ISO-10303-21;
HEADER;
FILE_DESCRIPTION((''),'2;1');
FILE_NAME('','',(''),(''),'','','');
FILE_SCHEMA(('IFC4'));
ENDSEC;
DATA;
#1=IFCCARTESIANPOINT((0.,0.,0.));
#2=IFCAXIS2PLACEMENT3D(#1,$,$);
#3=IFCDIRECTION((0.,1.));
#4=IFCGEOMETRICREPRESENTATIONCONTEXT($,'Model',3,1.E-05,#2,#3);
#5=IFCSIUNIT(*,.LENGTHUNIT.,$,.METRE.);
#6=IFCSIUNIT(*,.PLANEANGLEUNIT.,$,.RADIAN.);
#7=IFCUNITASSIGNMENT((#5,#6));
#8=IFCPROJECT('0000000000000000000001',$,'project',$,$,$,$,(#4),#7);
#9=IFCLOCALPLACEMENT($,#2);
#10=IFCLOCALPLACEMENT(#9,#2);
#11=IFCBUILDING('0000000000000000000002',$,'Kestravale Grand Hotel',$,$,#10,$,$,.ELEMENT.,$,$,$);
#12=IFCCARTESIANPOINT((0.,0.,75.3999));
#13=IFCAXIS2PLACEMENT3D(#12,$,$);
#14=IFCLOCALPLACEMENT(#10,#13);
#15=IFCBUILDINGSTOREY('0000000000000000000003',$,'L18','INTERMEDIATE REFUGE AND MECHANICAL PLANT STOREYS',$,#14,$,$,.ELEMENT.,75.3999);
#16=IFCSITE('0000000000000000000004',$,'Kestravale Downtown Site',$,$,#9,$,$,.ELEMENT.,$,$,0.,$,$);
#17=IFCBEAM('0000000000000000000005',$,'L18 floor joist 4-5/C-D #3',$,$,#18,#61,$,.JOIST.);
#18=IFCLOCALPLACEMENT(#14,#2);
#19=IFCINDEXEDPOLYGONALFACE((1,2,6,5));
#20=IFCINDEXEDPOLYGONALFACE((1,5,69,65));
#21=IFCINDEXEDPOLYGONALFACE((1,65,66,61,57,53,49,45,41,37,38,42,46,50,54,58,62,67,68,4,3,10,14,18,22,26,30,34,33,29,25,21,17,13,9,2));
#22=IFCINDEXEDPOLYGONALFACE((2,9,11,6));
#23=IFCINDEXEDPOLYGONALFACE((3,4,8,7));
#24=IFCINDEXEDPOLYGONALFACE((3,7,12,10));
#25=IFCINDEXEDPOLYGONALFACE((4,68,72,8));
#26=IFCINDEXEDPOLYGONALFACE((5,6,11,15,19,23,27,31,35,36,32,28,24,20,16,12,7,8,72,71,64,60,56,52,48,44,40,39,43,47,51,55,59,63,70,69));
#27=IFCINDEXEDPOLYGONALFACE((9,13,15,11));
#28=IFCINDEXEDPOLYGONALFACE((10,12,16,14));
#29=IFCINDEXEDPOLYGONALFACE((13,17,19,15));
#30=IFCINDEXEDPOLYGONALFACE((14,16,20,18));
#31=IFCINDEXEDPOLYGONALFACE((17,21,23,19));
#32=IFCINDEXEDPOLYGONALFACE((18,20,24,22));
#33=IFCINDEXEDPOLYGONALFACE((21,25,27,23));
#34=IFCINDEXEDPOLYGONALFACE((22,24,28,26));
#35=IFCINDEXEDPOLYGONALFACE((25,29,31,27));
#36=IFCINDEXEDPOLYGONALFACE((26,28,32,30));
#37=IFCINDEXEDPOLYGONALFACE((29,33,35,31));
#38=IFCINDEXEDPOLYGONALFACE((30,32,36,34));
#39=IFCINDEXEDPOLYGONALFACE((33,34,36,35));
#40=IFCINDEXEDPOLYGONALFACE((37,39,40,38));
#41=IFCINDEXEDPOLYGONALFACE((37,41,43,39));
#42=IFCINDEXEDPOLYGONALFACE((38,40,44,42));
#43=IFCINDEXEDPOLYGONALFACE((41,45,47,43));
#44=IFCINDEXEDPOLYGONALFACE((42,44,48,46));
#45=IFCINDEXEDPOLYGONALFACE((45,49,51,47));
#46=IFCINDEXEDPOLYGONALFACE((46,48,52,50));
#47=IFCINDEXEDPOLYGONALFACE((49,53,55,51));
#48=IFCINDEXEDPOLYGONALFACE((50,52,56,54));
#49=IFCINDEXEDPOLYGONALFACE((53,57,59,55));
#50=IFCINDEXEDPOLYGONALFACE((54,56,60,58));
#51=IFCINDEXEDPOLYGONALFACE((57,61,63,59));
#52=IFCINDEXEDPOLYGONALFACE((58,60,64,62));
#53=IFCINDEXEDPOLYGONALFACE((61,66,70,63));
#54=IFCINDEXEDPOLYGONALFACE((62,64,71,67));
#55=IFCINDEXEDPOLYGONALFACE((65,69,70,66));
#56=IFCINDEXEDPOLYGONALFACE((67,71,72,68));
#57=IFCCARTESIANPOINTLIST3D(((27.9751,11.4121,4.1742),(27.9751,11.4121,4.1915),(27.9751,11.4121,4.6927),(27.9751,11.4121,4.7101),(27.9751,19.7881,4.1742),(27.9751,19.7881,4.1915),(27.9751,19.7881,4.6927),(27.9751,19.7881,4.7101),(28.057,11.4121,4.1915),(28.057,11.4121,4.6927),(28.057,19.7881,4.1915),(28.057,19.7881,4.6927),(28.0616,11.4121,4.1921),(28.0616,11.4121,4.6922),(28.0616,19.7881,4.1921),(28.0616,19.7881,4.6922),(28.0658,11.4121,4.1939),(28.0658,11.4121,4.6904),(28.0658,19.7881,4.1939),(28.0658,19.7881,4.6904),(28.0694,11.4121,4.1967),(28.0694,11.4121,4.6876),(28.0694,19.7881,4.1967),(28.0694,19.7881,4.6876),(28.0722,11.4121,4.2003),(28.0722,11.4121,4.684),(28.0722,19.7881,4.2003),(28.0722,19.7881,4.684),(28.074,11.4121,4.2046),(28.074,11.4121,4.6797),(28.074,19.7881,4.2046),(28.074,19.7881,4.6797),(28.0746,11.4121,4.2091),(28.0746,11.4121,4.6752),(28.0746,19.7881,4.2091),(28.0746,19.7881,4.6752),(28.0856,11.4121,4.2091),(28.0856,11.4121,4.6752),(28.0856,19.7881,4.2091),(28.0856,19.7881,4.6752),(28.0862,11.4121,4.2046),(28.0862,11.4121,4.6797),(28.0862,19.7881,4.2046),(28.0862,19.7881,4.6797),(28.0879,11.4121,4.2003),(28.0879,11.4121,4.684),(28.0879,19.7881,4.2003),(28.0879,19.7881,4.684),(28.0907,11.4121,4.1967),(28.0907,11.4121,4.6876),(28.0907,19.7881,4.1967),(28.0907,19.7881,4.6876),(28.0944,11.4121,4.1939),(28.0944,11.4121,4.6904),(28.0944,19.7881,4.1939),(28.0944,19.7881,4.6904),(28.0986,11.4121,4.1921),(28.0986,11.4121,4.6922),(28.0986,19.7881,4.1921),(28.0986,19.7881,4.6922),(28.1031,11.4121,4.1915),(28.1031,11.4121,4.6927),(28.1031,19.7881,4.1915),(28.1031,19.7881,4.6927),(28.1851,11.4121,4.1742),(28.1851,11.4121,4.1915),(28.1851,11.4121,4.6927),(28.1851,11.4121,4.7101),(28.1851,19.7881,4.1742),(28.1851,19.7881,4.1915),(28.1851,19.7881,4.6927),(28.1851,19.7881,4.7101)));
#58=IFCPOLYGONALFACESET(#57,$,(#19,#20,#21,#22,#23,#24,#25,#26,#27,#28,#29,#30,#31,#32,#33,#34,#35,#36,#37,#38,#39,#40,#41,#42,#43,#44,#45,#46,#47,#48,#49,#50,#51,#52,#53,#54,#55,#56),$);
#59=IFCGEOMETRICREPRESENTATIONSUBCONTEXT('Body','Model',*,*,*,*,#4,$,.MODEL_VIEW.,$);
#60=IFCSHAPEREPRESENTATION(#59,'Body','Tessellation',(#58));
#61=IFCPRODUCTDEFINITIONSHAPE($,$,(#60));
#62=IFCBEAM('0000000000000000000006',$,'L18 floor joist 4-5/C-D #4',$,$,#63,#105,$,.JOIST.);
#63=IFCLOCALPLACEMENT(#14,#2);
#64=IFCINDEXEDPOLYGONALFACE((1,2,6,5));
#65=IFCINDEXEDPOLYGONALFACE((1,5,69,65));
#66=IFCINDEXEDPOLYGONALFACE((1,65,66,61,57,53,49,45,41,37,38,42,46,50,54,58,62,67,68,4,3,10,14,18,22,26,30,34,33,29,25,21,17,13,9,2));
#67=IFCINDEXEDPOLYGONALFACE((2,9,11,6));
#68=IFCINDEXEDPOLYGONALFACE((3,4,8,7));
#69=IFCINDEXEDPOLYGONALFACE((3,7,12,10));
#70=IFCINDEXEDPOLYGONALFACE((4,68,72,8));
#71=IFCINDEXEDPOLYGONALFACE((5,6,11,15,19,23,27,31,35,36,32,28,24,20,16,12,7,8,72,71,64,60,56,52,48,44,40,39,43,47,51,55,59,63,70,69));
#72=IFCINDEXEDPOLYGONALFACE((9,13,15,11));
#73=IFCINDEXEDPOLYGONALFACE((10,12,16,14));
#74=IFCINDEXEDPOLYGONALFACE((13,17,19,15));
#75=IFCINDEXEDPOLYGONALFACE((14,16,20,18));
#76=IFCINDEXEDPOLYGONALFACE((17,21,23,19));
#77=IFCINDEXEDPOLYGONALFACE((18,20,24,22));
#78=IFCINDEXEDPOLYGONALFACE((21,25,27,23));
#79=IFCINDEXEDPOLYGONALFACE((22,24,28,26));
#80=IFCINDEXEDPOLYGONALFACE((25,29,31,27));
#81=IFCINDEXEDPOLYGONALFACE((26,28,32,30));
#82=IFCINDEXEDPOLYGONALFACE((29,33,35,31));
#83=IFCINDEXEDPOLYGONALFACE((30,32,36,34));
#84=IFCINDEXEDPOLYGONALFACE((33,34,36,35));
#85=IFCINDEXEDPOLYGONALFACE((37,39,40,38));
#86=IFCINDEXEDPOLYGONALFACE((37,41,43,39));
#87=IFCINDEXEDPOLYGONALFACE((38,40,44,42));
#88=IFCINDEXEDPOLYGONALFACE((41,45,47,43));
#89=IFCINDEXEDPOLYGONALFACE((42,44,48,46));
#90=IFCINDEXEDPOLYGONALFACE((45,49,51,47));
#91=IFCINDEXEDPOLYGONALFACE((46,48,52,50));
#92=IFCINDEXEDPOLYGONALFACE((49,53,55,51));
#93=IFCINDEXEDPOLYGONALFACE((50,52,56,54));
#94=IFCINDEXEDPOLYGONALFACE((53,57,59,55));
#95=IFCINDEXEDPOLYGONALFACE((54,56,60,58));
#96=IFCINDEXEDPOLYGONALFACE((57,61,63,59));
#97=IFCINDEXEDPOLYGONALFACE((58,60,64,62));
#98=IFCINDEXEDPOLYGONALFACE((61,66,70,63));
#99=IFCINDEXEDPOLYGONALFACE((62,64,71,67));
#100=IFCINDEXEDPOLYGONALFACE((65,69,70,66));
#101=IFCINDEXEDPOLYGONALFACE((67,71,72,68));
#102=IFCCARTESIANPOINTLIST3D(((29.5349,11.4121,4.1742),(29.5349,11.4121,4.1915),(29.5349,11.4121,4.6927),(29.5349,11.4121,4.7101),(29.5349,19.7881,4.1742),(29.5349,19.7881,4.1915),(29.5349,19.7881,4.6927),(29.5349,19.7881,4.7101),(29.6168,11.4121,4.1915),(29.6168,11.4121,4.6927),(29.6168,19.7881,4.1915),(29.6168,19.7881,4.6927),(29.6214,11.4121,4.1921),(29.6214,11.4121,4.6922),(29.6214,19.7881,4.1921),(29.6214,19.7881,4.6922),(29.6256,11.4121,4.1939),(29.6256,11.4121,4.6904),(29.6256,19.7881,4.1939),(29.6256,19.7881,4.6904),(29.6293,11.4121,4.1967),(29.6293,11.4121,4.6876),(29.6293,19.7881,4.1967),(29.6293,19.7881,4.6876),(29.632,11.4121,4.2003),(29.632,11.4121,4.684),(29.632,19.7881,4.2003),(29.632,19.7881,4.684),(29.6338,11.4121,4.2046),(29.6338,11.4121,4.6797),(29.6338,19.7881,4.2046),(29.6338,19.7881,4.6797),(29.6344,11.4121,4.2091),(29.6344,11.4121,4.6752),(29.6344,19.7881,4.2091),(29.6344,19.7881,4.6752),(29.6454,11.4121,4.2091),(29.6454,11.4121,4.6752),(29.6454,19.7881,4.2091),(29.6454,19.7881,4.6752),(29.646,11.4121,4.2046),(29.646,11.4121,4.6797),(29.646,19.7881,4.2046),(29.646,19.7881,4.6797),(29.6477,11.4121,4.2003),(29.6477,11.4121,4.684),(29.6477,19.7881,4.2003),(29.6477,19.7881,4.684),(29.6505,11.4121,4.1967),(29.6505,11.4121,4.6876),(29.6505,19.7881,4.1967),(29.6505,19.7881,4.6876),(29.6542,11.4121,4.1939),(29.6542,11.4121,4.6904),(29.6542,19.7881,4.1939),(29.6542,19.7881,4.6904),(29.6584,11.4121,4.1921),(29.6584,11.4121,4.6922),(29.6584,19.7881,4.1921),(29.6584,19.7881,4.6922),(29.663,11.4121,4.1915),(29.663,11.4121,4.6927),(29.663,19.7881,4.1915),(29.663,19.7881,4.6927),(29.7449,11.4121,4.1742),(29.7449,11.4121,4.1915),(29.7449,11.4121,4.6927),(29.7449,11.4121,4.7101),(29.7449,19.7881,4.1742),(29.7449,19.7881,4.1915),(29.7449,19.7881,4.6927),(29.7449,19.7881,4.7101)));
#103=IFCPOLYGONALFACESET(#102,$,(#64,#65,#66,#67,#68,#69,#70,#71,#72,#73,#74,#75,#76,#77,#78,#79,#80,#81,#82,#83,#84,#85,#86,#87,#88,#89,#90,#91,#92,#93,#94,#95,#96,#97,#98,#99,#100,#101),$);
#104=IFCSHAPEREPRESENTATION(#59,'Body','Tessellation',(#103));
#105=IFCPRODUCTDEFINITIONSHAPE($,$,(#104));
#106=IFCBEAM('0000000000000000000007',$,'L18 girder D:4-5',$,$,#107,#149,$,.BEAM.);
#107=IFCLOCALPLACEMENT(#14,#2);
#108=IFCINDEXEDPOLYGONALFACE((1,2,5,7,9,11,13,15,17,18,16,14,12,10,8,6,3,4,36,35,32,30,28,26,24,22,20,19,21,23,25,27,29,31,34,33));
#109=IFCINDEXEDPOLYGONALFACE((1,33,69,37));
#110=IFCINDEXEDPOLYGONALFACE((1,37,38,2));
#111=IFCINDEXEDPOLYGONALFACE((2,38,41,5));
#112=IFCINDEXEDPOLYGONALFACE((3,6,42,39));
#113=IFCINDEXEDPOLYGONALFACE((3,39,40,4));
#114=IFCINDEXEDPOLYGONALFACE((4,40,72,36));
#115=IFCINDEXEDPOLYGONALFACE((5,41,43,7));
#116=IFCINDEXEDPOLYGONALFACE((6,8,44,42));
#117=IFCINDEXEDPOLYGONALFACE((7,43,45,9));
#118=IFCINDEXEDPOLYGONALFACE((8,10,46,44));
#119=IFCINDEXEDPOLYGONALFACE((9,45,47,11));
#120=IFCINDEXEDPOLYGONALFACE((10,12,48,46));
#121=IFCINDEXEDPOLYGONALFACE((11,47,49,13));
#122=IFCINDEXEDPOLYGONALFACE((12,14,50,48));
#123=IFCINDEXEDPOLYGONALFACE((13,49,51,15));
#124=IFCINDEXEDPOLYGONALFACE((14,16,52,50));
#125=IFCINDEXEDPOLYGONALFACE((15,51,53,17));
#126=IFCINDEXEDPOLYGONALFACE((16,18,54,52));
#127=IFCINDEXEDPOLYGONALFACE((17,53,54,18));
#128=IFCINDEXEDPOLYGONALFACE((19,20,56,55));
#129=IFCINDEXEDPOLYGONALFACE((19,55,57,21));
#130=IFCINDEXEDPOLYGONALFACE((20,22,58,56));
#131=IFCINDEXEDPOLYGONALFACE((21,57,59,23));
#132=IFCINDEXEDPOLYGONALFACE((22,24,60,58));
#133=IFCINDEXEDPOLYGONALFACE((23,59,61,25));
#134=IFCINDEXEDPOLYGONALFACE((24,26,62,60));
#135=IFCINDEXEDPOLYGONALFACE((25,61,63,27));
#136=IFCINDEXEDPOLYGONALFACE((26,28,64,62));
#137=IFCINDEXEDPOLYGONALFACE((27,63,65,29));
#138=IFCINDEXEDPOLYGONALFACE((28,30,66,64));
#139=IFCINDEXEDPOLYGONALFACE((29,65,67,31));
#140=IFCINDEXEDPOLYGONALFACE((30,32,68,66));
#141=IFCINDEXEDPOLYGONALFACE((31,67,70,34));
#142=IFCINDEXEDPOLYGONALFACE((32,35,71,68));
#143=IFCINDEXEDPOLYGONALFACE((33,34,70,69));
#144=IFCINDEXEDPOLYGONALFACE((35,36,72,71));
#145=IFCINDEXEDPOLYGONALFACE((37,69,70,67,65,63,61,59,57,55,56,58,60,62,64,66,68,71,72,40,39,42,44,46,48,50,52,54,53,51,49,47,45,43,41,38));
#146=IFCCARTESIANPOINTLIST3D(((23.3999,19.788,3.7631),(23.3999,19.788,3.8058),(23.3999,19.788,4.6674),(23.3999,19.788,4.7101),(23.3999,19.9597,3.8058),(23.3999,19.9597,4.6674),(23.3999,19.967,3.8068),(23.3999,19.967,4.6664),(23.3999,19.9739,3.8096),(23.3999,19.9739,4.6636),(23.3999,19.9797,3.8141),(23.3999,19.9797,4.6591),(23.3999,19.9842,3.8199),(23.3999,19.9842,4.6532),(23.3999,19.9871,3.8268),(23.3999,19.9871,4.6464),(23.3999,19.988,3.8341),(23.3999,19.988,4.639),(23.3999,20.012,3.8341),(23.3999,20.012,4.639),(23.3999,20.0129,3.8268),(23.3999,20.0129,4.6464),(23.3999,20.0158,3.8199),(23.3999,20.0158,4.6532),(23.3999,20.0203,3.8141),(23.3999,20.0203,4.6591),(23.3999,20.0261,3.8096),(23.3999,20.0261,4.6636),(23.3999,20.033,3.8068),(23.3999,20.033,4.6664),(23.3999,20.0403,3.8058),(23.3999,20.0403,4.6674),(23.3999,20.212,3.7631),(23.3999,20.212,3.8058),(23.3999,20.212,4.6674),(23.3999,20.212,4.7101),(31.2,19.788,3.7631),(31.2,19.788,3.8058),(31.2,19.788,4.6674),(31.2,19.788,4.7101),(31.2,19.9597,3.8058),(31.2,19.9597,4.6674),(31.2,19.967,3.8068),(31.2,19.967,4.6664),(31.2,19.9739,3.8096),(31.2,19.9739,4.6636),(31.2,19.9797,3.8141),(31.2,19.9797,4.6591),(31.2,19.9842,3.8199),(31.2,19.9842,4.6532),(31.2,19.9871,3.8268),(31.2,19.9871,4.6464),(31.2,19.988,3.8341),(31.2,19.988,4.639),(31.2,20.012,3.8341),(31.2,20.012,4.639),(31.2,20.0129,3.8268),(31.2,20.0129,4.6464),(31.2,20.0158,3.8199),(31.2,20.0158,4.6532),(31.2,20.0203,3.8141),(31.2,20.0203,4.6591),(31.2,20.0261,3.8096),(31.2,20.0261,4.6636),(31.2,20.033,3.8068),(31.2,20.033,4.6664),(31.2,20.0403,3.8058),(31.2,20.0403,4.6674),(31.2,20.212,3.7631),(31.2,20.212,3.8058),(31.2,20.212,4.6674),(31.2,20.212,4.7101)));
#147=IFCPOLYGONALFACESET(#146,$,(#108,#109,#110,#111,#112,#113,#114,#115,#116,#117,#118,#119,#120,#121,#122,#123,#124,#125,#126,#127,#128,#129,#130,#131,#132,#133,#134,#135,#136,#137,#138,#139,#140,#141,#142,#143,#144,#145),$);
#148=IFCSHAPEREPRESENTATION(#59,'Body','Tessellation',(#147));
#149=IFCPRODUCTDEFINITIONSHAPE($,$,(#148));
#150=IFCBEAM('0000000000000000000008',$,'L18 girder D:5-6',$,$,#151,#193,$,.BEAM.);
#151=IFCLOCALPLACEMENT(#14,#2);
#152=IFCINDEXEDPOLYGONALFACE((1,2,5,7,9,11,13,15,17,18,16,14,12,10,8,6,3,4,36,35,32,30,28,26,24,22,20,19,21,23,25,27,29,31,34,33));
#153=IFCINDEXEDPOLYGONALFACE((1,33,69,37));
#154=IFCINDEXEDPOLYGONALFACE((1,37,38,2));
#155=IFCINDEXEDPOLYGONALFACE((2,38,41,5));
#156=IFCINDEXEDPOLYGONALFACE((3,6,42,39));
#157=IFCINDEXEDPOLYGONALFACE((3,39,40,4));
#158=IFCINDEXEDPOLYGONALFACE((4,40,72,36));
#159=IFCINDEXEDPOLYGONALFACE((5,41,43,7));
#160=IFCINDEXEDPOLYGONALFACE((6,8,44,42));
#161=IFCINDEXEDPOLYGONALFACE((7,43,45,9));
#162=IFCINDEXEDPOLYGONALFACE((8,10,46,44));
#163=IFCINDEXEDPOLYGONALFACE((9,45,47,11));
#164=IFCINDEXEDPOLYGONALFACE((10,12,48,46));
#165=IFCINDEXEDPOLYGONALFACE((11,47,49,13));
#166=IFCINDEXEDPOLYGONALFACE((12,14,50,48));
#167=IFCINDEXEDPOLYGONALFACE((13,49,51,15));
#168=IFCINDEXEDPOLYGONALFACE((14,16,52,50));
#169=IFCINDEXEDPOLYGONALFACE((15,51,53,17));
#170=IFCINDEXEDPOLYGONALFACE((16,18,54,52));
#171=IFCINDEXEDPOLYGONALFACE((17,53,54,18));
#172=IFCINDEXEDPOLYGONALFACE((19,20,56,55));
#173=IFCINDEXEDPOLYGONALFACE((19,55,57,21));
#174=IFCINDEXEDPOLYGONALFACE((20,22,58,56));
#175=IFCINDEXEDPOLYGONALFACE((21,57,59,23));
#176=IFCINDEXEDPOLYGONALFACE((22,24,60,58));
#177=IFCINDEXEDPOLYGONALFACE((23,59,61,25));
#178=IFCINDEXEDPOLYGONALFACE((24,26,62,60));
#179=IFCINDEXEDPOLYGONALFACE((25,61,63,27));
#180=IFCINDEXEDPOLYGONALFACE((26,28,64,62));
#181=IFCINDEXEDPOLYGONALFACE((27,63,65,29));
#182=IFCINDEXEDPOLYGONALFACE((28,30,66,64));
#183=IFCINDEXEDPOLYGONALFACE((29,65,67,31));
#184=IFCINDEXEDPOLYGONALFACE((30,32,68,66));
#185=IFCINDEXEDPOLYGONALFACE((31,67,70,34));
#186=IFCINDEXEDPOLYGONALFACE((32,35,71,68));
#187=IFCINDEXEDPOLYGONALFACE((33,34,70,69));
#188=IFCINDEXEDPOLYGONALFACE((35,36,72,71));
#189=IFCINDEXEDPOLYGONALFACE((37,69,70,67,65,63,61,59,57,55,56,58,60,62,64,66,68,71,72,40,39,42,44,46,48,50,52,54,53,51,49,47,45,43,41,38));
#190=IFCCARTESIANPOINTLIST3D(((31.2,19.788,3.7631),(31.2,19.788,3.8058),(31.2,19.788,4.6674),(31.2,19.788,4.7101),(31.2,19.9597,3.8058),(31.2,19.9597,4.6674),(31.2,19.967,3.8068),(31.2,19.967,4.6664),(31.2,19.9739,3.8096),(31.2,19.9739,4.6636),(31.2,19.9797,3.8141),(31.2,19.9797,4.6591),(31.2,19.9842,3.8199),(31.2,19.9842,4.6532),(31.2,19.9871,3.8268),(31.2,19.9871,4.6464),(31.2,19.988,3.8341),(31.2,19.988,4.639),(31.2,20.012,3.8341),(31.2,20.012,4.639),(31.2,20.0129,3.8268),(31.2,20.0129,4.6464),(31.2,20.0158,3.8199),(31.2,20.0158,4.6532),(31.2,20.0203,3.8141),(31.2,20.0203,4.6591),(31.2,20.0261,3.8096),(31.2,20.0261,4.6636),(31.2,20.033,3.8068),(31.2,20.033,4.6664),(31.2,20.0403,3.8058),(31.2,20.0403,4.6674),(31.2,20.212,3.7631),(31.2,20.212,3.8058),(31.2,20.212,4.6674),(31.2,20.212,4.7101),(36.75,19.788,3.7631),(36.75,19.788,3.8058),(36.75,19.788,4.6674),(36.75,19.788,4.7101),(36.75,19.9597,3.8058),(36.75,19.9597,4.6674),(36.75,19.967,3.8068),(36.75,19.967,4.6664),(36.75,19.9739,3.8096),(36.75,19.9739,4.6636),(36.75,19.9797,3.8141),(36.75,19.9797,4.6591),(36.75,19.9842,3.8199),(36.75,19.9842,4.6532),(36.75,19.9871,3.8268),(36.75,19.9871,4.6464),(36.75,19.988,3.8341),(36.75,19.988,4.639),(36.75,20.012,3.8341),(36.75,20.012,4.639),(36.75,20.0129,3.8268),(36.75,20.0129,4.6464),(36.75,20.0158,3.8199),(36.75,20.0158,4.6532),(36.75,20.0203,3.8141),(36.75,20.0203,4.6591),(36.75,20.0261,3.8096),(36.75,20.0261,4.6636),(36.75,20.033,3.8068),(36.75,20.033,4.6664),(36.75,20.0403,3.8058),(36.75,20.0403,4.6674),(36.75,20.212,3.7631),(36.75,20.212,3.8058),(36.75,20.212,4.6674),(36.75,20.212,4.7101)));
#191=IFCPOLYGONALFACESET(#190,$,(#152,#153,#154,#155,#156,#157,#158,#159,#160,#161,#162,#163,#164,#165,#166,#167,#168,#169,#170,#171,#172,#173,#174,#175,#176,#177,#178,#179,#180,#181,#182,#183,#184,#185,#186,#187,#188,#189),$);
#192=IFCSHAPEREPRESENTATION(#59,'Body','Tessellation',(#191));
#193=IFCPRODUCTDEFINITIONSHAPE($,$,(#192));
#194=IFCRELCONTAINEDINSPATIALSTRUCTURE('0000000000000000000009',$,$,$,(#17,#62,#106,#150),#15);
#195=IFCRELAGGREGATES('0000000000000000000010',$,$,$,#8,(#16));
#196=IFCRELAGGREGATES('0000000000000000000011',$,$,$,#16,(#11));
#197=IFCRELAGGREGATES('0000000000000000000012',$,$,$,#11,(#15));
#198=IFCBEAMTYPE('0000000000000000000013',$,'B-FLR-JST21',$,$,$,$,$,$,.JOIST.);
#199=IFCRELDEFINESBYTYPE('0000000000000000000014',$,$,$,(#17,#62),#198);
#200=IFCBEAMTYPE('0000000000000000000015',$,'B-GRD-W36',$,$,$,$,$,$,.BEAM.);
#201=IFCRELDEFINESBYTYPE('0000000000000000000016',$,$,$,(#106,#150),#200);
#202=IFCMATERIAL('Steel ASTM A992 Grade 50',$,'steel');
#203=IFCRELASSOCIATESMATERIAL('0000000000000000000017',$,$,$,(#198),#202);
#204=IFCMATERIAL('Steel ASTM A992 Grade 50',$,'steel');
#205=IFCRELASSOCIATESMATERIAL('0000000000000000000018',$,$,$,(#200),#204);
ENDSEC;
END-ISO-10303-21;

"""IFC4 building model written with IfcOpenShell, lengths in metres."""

from ifc_helpers import new_model, si_unit, direction, frame, origin, origin_2d, place, context, subcontext, project, spatial, i_section, extrude, material, material_profile, profile_set, type_object, element, save


model = new_model("IFC4")

# Units and contexts
model_context = context("Model", 3, precision=1e-05, world=origin(), true_north=direction((0.0, 1.0)))
body_context = subcontext(model_context, "Body", "Model", "MODEL_VIEW")
ifc_project = project(units=[si_unit("LENGTHUNIT", "METRE"), si_unit("PLANEANGLEUNIT", "RADIAN")], contexts=[model_context])

# Site, building, storey
site_placement = place(None, origin())
site = spatial("IfcSite", under=ifc_project, at=site_placement, Name="Kestravale Downtown Site", CompositionType="ELEMENT", RefElevation=0.0)
building_placement = place(site_placement, origin())
building = spatial("IfcBuilding", under=site, at=building_placement, Name="Kestravale Grand Hotel", CompositionType="ELEMENT")
storey_placement = place(building_placement, frame((0.0, 0.0, 75.3999)))
storey = spatial("IfcBuildingStorey", under=building, at=storey_placement, Name="L18", Description="INTERMEDIATE REFUGE AND MECHANICAL PLANT STOREYS", CompositionType="ELEMENT", Elevation=75.3999)

# Beams
ifc_material_1 = material(Name="Steel ASTM A992 Grade 50", Category="steel")
ifc_material_profile_1 = material_profile(ifc_material_1, i_section(OverallWidth=0.21, OverallDepth=0.5359, WebThickness=0.011, FlangeThickness=0.0173, FilletRadius=0.0176, at=origin_2d()))
ifc_profile_set_1 = profile_set([ifc_material_profile_1], Name="Steel ASTM A992 Grade 50")
beam_type_1 = type_object("IfcBeamType", Name="B-FLR-JST21", PredefinedType="JOIST", material=ifc_profile_set_1)
for number, where, z_axis, x_axis, name in (
    (1, (28.0801, 11.4121, 4.4421), (0.0, 1.0, 0.0), (-1.0, 0.0, 0.0), "L18 floor joist 4-5/C-D #3"),
    (2, (29.6399, 11.4121, 4.4421), (0.0, 1.0, 0.0), (-1.0, 0.0, 0.0), "L18 floor joist 4-5/C-D #4"),
):
    element("IfcBeam", number, at=place(storey_placement, frame(where, z_axis=z_axis, x_axis=x_axis)), inside=storey, type_object=beam_type_1, Name=name, PredefinedType="JOIST", context=body_context, shape_type="SweptSolid", body=[
        extrude(i_section(OverallWidth=0.21, OverallDepth=0.5359, WebThickness=0.011, FlangeThickness=0.0173, FilletRadius=0.0176, at=origin_2d()), origin(), (0.0, 0.0, 1.0), 8.376),
    ])
ifc_material_2 = material(Name="Steel ASTM A992 Grade 50", Category="steel")
ifc_material_profile_2 = material_profile(ifc_material_2, i_section(OverallWidth=0.4241, OverallDepth=0.947, WebThickness=0.0239, FlangeThickness=0.0427, FilletRadius=0.0283, at=origin_2d()))
ifc_profile_set_2 = profile_set([ifc_material_profile_2], Name="Steel ASTM A992 Grade 50")
beam_type_2 = type_object("IfcBeamType", Name="B-GRD-W36", PredefinedType="BEAM", material=ifc_profile_set_2)
beam_1_placement = place(storey_placement, frame((23.3999, 20.0, 4.2366), z_axis=(1.0, 0.0, 0.0), x_axis=(0.0, 1.0, 0.0)))
element("IfcBeam", 3, at=beam_1_placement, inside=storey, type_object=beam_type_2, Name="L18 girder D:4-5", PredefinedType="BEAM", context=body_context, shape_type="SweptSolid", body=[
    extrude(i_section(OverallWidth=0.4241, OverallDepth=0.947, WebThickness=0.0239, FlangeThickness=0.0427, FilletRadius=0.0283, at=origin_2d()), origin(), (0.0, 0.0, 1.0), 7.8),
])
beam_2_placement = place(storey_placement, frame((31.2, 20.0, 4.2366), z_axis=(1.0, 0.0, 0.0), x_axis=(0.0, 1.0, 0.0)))
element("IfcBeam", 4, at=beam_2_placement, inside=storey, type_object=beam_type_2, Name="L18 girder D:5-6", PredefinedType="BEAM", context=body_context, shape_type="SweptSolid", body=[
    extrude(i_section(OverallWidth=0.4241, OverallDepth=0.947, WebThickness=0.0239, FlangeThickness=0.0427, FilletRadius=0.0283, at=origin_2d()), origin(), (0.0, 0.0, 1.0), 5.55),
])

save(model, "model.ifc")
